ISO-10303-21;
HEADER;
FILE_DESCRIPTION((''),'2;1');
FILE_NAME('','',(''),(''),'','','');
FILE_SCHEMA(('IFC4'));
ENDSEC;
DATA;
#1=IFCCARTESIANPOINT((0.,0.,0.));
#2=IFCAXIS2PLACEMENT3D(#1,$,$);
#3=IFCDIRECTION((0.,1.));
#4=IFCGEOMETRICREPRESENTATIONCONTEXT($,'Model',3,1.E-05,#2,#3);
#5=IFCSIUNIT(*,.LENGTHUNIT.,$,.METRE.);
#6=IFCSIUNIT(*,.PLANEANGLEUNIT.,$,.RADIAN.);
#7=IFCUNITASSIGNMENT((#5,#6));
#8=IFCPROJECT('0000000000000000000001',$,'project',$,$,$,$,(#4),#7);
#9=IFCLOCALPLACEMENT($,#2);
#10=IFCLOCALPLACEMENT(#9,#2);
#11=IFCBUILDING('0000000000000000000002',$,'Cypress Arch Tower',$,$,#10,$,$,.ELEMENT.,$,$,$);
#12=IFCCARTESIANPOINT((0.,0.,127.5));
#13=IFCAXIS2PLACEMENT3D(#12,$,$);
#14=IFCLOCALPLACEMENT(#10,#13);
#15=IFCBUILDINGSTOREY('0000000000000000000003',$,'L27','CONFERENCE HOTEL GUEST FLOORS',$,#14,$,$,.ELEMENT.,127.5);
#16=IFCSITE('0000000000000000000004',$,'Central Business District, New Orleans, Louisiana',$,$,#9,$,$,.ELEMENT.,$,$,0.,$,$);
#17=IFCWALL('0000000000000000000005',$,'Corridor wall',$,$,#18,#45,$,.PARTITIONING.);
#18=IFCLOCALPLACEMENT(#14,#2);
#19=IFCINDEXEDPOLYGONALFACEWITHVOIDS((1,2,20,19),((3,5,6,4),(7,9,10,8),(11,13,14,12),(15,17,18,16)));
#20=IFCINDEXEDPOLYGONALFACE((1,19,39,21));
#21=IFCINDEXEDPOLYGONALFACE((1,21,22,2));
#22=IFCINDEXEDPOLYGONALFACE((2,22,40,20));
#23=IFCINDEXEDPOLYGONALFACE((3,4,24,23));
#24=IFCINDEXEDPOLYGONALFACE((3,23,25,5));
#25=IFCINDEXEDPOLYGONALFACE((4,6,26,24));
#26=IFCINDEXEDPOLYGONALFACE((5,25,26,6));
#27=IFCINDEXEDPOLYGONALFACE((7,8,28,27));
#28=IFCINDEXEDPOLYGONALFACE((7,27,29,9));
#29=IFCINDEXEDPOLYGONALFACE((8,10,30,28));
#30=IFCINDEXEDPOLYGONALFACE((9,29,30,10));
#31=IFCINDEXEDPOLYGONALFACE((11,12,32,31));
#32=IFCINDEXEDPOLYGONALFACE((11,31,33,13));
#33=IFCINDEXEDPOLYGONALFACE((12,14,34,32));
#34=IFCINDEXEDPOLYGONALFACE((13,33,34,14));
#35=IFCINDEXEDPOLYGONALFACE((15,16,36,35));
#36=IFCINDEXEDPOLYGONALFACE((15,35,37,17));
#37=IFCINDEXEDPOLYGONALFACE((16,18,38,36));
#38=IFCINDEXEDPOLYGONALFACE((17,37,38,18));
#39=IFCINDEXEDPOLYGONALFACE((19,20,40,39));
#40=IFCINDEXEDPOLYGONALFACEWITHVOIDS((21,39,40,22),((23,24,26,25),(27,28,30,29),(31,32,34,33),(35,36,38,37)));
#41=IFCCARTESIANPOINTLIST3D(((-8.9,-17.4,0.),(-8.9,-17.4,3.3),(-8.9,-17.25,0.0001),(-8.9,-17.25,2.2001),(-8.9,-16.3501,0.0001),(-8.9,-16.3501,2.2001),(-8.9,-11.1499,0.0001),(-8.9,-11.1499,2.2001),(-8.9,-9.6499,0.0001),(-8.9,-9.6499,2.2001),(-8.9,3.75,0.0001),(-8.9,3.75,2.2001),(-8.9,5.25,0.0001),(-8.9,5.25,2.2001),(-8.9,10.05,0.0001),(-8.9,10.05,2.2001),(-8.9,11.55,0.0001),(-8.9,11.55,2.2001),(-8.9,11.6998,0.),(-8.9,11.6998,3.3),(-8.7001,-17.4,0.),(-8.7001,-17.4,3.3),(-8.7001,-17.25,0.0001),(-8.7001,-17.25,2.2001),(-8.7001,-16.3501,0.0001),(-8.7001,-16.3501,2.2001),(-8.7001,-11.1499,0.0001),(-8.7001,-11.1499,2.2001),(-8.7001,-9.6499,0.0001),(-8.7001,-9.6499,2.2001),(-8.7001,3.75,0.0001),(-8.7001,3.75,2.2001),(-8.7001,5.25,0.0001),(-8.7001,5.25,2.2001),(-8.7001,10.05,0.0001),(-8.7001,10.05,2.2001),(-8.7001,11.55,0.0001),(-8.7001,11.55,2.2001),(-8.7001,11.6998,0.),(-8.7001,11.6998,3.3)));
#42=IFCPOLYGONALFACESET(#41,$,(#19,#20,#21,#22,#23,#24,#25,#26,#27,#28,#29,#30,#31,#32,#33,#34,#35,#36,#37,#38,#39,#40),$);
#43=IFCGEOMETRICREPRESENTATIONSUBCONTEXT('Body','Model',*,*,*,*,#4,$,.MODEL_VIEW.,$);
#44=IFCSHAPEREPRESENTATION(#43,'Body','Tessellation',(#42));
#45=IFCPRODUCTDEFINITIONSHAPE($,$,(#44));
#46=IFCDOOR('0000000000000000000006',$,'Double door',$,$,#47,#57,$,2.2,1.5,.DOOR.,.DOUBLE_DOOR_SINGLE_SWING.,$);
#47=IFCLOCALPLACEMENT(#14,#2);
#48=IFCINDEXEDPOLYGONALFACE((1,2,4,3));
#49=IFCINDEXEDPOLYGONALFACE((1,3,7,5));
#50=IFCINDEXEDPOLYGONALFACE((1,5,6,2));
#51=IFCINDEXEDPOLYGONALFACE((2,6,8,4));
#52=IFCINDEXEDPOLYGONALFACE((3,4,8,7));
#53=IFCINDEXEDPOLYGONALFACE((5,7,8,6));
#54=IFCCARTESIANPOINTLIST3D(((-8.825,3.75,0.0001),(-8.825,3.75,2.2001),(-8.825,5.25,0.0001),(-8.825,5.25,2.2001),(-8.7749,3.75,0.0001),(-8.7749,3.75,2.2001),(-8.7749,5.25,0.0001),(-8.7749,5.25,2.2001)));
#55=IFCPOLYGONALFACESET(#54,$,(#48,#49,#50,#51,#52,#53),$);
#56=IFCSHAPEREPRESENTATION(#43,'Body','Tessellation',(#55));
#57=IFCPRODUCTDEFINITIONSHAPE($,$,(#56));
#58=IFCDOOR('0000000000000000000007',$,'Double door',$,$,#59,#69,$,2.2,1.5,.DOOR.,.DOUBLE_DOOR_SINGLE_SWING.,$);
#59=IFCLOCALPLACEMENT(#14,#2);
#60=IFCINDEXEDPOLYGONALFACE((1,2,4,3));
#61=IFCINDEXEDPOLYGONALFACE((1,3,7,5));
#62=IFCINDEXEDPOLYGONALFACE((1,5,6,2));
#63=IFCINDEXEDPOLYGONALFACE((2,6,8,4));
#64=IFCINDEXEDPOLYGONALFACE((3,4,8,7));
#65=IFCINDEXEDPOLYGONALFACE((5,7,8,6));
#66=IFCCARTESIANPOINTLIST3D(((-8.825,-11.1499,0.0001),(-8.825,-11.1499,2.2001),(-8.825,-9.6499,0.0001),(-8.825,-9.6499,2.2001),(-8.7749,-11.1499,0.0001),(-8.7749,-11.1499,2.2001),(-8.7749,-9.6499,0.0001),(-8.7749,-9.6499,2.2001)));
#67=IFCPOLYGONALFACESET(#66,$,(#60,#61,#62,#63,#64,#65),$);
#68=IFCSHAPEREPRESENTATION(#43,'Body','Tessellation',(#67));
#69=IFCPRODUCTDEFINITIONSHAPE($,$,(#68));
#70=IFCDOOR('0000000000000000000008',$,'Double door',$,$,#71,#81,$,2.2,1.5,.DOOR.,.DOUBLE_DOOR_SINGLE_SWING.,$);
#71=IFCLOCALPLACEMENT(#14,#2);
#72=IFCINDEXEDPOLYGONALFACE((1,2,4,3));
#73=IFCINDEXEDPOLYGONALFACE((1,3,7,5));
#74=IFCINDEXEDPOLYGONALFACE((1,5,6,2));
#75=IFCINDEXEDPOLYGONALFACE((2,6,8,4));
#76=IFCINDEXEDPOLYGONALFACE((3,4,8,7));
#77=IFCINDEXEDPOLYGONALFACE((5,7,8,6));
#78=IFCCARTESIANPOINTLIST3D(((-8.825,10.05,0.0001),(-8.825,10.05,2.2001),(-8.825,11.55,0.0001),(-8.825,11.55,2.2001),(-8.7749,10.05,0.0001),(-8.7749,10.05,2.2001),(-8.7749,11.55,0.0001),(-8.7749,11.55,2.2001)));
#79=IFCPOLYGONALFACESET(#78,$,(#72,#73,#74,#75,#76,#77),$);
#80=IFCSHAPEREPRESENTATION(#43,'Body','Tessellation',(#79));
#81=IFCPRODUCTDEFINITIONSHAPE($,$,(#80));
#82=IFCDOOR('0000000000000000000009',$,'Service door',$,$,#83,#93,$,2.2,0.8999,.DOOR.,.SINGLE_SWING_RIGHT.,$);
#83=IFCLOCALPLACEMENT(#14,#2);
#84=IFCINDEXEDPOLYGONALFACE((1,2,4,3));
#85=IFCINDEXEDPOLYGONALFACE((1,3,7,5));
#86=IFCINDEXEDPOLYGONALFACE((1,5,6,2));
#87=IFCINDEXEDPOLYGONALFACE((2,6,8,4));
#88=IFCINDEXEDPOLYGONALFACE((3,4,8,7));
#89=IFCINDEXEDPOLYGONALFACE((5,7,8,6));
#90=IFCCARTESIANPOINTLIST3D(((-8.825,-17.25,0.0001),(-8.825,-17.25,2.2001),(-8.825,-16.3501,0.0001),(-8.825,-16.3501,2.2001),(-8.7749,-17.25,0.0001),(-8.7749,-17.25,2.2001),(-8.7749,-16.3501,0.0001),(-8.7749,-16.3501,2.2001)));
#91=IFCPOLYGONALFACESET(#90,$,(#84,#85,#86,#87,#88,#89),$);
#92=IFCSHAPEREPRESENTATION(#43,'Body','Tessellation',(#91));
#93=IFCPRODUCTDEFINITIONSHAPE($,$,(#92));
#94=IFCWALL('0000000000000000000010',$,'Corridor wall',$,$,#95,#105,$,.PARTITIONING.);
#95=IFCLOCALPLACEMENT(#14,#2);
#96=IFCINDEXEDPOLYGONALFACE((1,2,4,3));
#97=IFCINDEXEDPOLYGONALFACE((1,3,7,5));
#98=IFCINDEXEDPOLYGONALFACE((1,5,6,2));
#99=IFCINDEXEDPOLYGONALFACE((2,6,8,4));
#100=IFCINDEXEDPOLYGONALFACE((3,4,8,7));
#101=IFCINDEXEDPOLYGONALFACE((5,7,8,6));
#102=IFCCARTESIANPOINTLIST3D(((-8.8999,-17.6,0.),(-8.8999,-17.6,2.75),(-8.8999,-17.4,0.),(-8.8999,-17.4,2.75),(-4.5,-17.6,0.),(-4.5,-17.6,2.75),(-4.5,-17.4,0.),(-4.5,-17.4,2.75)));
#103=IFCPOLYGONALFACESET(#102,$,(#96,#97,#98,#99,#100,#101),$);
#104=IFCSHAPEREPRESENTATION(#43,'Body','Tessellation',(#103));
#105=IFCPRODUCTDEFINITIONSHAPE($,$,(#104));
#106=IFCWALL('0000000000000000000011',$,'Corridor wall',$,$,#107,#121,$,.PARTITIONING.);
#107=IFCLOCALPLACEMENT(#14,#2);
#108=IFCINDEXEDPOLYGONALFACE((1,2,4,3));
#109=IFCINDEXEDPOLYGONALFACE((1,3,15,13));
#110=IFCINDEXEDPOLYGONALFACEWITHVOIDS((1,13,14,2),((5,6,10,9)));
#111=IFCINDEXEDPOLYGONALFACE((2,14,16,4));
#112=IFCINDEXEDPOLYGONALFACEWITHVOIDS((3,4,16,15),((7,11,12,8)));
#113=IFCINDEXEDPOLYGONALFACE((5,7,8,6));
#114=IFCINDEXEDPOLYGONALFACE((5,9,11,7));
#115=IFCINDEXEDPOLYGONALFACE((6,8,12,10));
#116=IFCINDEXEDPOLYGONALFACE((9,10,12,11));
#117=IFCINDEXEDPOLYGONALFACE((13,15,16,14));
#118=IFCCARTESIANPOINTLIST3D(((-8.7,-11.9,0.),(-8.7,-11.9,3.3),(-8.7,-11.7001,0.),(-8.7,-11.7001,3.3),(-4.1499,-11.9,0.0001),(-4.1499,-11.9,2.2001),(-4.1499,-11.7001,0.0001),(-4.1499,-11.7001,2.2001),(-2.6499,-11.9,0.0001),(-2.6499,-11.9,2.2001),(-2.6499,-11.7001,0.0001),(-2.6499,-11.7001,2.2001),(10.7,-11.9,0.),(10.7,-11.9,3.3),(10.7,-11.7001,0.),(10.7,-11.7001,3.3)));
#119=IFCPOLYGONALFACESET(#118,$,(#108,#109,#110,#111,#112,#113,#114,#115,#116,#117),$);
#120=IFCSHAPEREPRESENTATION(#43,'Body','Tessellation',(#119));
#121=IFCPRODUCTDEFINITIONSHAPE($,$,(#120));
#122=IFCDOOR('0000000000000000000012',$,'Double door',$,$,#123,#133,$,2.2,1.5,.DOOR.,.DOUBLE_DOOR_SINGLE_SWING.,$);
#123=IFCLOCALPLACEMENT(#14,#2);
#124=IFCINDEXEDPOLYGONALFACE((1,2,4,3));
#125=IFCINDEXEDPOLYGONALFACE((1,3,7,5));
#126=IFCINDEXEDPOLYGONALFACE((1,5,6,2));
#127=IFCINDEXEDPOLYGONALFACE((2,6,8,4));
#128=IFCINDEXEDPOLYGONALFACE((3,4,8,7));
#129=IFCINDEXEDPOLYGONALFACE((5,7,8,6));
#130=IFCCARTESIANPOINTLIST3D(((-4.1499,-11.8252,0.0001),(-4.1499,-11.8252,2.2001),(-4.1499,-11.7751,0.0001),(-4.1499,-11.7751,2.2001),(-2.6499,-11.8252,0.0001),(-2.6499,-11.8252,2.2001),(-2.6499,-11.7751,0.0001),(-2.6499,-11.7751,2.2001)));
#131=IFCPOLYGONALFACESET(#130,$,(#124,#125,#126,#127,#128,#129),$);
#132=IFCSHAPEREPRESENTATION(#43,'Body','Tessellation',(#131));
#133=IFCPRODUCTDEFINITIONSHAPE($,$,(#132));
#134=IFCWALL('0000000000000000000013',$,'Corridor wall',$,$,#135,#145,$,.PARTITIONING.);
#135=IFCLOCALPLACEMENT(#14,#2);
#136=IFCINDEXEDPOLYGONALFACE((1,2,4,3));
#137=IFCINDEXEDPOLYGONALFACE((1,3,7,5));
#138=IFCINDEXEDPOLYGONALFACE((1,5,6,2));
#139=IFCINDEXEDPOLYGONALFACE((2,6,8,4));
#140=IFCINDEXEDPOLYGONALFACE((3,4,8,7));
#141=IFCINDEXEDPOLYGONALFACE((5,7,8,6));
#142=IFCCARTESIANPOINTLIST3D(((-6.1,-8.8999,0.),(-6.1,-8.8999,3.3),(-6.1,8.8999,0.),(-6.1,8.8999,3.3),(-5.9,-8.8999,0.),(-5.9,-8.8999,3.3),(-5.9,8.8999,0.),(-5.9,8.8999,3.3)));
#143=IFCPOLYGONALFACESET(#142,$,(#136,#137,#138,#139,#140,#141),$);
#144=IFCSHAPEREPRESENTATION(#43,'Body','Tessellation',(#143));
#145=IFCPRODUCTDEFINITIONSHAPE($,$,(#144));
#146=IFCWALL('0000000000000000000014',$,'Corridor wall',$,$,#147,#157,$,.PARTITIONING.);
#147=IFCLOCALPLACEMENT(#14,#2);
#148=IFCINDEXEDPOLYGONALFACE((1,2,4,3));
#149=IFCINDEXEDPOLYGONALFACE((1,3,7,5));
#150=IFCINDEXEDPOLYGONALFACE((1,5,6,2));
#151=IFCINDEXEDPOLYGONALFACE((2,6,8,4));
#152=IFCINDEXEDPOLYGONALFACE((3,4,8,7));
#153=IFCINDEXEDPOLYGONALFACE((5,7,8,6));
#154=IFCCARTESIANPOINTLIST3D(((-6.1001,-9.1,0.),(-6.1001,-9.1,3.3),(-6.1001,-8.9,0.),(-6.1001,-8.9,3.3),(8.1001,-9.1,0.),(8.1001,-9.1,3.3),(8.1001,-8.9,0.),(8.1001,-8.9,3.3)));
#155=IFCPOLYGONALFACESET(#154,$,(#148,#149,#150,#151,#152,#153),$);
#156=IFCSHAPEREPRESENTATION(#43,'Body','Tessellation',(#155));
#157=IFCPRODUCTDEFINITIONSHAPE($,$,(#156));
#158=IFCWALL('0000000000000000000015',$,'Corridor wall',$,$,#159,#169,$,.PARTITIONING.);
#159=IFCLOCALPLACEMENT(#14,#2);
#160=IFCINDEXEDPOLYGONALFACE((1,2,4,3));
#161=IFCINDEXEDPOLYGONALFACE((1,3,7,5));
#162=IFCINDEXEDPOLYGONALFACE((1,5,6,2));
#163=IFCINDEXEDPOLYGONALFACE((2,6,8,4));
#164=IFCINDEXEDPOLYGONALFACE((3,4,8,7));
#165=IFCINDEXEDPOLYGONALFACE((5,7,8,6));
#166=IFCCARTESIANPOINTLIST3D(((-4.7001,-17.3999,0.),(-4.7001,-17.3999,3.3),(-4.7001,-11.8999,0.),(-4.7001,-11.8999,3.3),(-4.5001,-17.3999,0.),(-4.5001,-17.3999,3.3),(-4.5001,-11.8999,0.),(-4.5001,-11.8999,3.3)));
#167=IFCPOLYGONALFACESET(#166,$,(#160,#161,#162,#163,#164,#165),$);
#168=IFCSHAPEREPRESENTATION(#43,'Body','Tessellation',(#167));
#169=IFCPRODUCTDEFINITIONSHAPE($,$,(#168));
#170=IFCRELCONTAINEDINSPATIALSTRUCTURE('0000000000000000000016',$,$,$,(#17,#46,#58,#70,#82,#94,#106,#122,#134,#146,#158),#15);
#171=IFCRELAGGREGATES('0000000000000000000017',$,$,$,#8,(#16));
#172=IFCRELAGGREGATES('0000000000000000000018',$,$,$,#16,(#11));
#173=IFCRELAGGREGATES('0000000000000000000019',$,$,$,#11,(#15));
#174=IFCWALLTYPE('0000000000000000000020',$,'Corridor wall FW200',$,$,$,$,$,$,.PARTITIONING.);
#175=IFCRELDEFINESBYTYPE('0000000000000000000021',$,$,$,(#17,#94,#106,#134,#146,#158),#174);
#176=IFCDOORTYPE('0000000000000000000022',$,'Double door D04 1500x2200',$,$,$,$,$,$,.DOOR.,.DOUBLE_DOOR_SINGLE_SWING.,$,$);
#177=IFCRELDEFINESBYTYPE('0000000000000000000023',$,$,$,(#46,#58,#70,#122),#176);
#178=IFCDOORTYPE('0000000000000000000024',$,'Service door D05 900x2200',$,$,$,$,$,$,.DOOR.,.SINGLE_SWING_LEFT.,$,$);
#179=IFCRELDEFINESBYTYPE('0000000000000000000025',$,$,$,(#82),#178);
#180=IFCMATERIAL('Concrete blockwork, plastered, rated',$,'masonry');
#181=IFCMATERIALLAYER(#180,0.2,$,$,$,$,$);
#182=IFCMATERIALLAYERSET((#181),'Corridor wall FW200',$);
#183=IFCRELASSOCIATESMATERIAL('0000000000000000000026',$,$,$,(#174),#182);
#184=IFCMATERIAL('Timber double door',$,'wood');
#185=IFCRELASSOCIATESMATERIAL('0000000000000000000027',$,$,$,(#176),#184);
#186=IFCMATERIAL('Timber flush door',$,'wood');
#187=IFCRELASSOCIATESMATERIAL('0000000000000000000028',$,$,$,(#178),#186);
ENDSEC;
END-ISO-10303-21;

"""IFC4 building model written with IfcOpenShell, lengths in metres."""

from ifc_helpers import new_model, si_unit, direction, frame, frame_2d, origin, place, context, subcontext, project, spatial, rectangle, extrude, material, layer, layer_set, type_object, element, fill, save


model = new_model("IFC4")

# Units and contexts
model_context = context("Model", 3, precision=1e-05, world=origin(), true_north=direction((0.0, 1.0)))
body_context = subcontext(model_context, "Body", "Model", "MODEL_VIEW")
ifc_project = project(units=[si_unit("LENGTHUNIT", "METRE"), si_unit("PLANEANGLEUNIT", "RADIAN")], contexts=[model_context])

# Site, building, storey
site_placement = place(None, origin())
site = spatial("IfcSite", under=ifc_project, at=site_placement, Name="Central Business District, New Orleans, Louisiana", CompositionType="ELEMENT", RefElevation=0.0)
building_placement = place(site_placement, origin())
building = spatial("IfcBuilding", under=site, at=building_placement, Name="Cypress Arch Tower", CompositionType="ELEMENT")
storey_placement = place(building_placement, frame((0.0, 0.0, 127.5)))
storey = spatial("IfcBuildingStorey", under=building, at=storey_placement, Name="L27", Description="CONFERENCE HOTEL GUEST FLOORS", CompositionType="ELEMENT", Elevation=127.5)

# Wall, openings, doors
ifc_material_1 = material(Name="Concrete blockwork, plastered, rated", Category="masonry")
ifc_layer = layer(ifc_material_1, 0.2)
ifc_layer_set = layer_set([ifc_layer], Name="Corridor wall FW200")
wall_type = type_object("IfcWallType", Name="Corridor wall FW200", PredefinedType="PARTITIONING", material=ifc_layer_set)
wall_1_placement = place(storey_placement, frame((-8.8, -17.3999, 0.0), z_axis=(0.0, 0.0, 1.0), x_axis=(0.0, 1.0, 0.0)))
wall_1 = element("IfcWall", 1, at=wall_1_placement, inside=storey, type_object=wall_type, Name="Corridor wall", PredefinedType="PARTITIONING", context=body_context, shape_type="SweptSolid", body=[
    extrude(rectangle(XDim=29.0999, YDim=0.2, at=frame_2d((14.5498, 0.0))), origin(), (0.0, 0.0, 1.0), 3.3),
])
opening_1_placement = place(wall_1_placement, frame((21.1499, 0.0, 0.0)))
opening_1 = element("IfcOpeningElement", 2, at=opening_1_placement, cuts=wall_1, PredefinedType="OPENING", context=body_context, shape_type="SweptSolid", body=[
    extrude(rectangle(XDim=1.5, YDim=2.2, at=frame_2d((0.75, 1.1001))), frame((0.0, 0.1099, 0.0), z_axis=(0.0, -1.0, 0.0), x_axis=(1.0, 0.0, 0.0)), (0.0, 0.0, 1.0), 0.22),
])
opening_2_placement = place(wall_1_placement, frame((6.25, 0.0, 0.0)))
opening_2 = element("IfcOpeningElement", 3, at=opening_2_placement, cuts=wall_1, PredefinedType="OPENING", context=body_context, shape_type="SweptSolid", body=[
    extrude(rectangle(XDim=1.5, YDim=2.2, at=frame_2d((0.75, 1.1001))), frame((0.0, 0.1099, 0.0), z_axis=(0.0, -1.0, 0.0), x_axis=(1.0, 0.0, 0.0)), (0.0, 0.0, 1.0), 0.22),
])
opening_3_placement = place(wall_1_placement, frame((27.45, 0.0, 0.0)))
opening_3 = element("IfcOpeningElement", 4, at=opening_3_placement, cuts=wall_1, PredefinedType="OPENING", context=body_context, shape_type="SweptSolid", body=[
    extrude(rectangle(XDim=1.5, YDim=2.2, at=frame_2d((0.75, 1.1001))), frame((0.0, 0.1099, 0.0), z_axis=(0.0, -1.0, 0.0), x_axis=(1.0, 0.0, 0.0)), (0.0, 0.0, 1.0), 0.22),
])
opening_4_placement = place(wall_1_placement, frame((0.1499, 0.0, 0.0)))
opening_4 = element("IfcOpeningElement", 5, at=opening_4_placement, cuts=wall_1, PredefinedType="OPENING", context=body_context, shape_type="SweptSolid", body=[
    extrude(rectangle(XDim=0.8999, YDim=2.2, at=frame_2d((0.45, 1.1001))), frame((0.0, 0.1099, 0.0), z_axis=(0.0, -1.0, 0.0), x_axis=(1.0, 0.0, 0.0)), (0.0, 0.0, 1.0), 0.22),
])
ifc_material_2 = material(Name="Timber double door", Category="wood")
door_type_1 = type_object("IfcDoorType", Name="Double door D04 1500x2200", OperationType="DOUBLE_DOOR_SINGLE_SWING", PredefinedType="DOOR", material=ifc_material_2)
door_1_placement = place(opening_1_placement, origin())
door_1 = element("IfcDoor", 6, at=door_1_placement, inside=storey, type_object=door_type_1, Name="Double door", OperationType="DOUBLE_DOOR_SINGLE_SWING", OverallHeight=2.2, OverallWidth=1.5, PredefinedType="DOOR", context=body_context, shape_type="SweptSolid", body=[
    extrude(rectangle(XDim=1.5, YDim=2.2, at=frame_2d((0.75, 1.1001))), frame((0.0, 0.0249, 0.0), z_axis=(0.0, -1.0, 0.0), x_axis=(1.0, 0.0, 0.0)), (0.0, 0.0, 1.0), 0.05),
])
fill(opening_1, door_1)
door_2_placement = place(opening_2_placement, origin())
door_2 = element("IfcDoor", 7, at=door_2_placement, inside=storey, type_object=door_type_1, Name="Double door", OperationType="DOUBLE_DOOR_SINGLE_SWING", OverallHeight=2.2, OverallWidth=1.5, PredefinedType="DOOR", context=body_context, shape_type="SweptSolid", body=[
    extrude(rectangle(XDim=1.5, YDim=2.2, at=frame_2d((0.75, 1.1001))), frame((0.0, 0.0249, 0.0), z_axis=(0.0, -1.0, 0.0), x_axis=(1.0, 0.0, 0.0)), (0.0, 0.0, 1.0), 0.05),
])
fill(opening_2, door_2)
door_3_placement = place(opening_3_placement, origin())
door_3 = element("IfcDoor", 8, at=door_3_placement, inside=storey, type_object=door_type_1, Name="Double door", OperationType="DOUBLE_DOOR_SINGLE_SWING", OverallHeight=2.2, OverallWidth=1.5, PredefinedType="DOOR", context=body_context, shape_type="SweptSolid", body=[
    extrude(rectangle(XDim=1.5, YDim=2.2, at=frame_2d((0.75, 1.1001))), frame((0.0, 0.0249, 0.0), z_axis=(0.0, -1.0, 0.0), x_axis=(1.0, 0.0, 0.0)), (0.0, 0.0, 1.0), 0.05),
])
fill(opening_3, door_3)
ifc_material_3 = material(Name="Timber flush door", Category="wood")
door_type_2 = type_object("IfcDoorType", Name="Service door D05 900x2200", OperationType="SINGLE_SWING_LEFT", PredefinedType="DOOR", material=ifc_material_3)
door_4_placement = place(opening_4_placement, origin())
door_4 = element("IfcDoor", 9, at=door_4_placement, inside=storey, type_object=door_type_2, Name="Service door", OperationType="SINGLE_SWING_RIGHT", OverallHeight=2.2, OverallWidth=0.8999, PredefinedType="DOOR", context=body_context, shape_type="SweptSolid", body=[
    extrude(rectangle(XDim=0.8999, YDim=2.2, at=frame_2d((0.45, 1.1001))), frame((0.0, 0.0249, 0.0), z_axis=(0.0, -1.0, 0.0), x_axis=(1.0, 0.0, 0.0)), (0.0, 0.0, 1.0), 0.05),
])
fill(opening_4, door_4)

# Wall
wall_2_placement = place(storey_placement, frame((-8.8999, -17.5, 0.0), z_axis=(0.0, 0.0, 1.0), x_axis=(1.0, 0.0, 0.0)))
element("IfcWall", 10, at=wall_2_placement, inside=storey, type_object=wall_type, Name="Corridor wall", PredefinedType="PARTITIONING", context=body_context, shape_type="SweptSolid", body=[
    extrude(rectangle(XDim=4.3999, YDim=0.2, at=frame_2d((2.2, 0.0))), origin(), (0.0, 0.0, 1.0), 2.75),
])

# Wall, opening, door
wall_3_placement = place(storey_placement, frame((-8.7, -11.8, 0.0), z_axis=(0.0, 0.0, 1.0), x_axis=(1.0, 0.0, 0.0)))
wall_3 = element("IfcWall", 11, at=wall_3_placement, inside=storey, type_object=wall_type, Name="Corridor wall", PredefinedType="PARTITIONING", context=body_context, shape_type="SweptSolid", body=[
    extrude(rectangle(XDim=19.3999, YDim=0.2, at=frame_2d((9.7, 0.0))), origin(), (0.0, 0.0, 1.0), 3.3),
])
opening_5_placement = place(wall_3_placement, frame((4.55, 0.0, 0.0)))
opening_5 = element("IfcOpeningElement", 12, at=opening_5_placement, cuts=wall_3, PredefinedType="OPENING", context=body_context, shape_type="SweptSolid", body=[
    extrude(rectangle(XDim=1.5, YDim=2.2, at=frame_2d((0.75, 1.1001))), frame((0.0, 0.1099, 0.0), z_axis=(0.0, -1.0, 0.0), x_axis=(1.0, 0.0, 0.0)), (0.0, 0.0, 1.0), 0.22),
])
door_5_placement = place(opening_5_placement, origin())
door_5 = element("IfcDoor", 13, at=door_5_placement, inside=storey, type_object=door_type_1, Name="Double door", OperationType="DOUBLE_DOOR_SINGLE_SWING", OverallHeight=2.2, OverallWidth=1.5, PredefinedType="DOOR", context=body_context, shape_type="SweptSolid", body=[
    extrude(rectangle(XDim=1.5, YDim=2.2, at=frame_2d((0.75, 1.1001))), frame((0.0, 0.0249, 0.0), z_axis=(0.0, -1.0, 0.0), x_axis=(1.0, 0.0, 0.0)), (0.0, 0.0, 1.0), 0.05),
])
fill(opening_5, door_5)

# Walls
wall_4_placement = place(storey_placement, frame((-6.0, -8.8999, 0.0), z_axis=(0.0, 0.0, 1.0), x_axis=(0.0, 1.0, 0.0)))
element("IfcWall", 14, at=wall_4_placement, inside=storey, type_object=wall_type, Name="Corridor wall", PredefinedType="PARTITIONING", context=body_context, shape_type="SweptSolid", body=[
    extrude(rectangle(XDim=17.7998, YDim=0.2, at=frame_2d((8.8999, 0.0))), origin(), (0.0, 0.0, 1.0), 3.3),
])
wall_5_placement = place(storey_placement, frame((-6.1001, -9.0, 0.0), z_axis=(0.0, 0.0, 1.0), x_axis=(1.0, 0.0, 0.0)))
element("IfcWall", 15, at=wall_5_placement, inside=storey, type_object=wall_type, Name="Corridor wall", PredefinedType="PARTITIONING", context=body_context, shape_type="SweptSolid", body=[
    extrude(rectangle(XDim=14.2002, YDim=0.2, at=frame_2d((7.1001, 0.0))), origin(), (0.0, 0.0, 1.0), 3.3),
])
wall_6_placement = place(storey_placement, frame((-4.6001, -17.3999, 0.0), z_axis=(0.0, 0.0, 1.0), x_axis=(0.0, 1.0, 0.0)))
element("IfcWall", 16, at=wall_6_placement, inside=storey, type_object=wall_type, Name="Corridor wall", PredefinedType="PARTITIONING", context=body_context, shape_type="SweptSolid", body=[
    extrude(rectangle(XDim=5.5, YDim=0.2, at=frame_2d((2.75, 0.0))), origin(), (0.0, 0.0, 1.0), 3.3),
])

save(model, "model.ifc")
